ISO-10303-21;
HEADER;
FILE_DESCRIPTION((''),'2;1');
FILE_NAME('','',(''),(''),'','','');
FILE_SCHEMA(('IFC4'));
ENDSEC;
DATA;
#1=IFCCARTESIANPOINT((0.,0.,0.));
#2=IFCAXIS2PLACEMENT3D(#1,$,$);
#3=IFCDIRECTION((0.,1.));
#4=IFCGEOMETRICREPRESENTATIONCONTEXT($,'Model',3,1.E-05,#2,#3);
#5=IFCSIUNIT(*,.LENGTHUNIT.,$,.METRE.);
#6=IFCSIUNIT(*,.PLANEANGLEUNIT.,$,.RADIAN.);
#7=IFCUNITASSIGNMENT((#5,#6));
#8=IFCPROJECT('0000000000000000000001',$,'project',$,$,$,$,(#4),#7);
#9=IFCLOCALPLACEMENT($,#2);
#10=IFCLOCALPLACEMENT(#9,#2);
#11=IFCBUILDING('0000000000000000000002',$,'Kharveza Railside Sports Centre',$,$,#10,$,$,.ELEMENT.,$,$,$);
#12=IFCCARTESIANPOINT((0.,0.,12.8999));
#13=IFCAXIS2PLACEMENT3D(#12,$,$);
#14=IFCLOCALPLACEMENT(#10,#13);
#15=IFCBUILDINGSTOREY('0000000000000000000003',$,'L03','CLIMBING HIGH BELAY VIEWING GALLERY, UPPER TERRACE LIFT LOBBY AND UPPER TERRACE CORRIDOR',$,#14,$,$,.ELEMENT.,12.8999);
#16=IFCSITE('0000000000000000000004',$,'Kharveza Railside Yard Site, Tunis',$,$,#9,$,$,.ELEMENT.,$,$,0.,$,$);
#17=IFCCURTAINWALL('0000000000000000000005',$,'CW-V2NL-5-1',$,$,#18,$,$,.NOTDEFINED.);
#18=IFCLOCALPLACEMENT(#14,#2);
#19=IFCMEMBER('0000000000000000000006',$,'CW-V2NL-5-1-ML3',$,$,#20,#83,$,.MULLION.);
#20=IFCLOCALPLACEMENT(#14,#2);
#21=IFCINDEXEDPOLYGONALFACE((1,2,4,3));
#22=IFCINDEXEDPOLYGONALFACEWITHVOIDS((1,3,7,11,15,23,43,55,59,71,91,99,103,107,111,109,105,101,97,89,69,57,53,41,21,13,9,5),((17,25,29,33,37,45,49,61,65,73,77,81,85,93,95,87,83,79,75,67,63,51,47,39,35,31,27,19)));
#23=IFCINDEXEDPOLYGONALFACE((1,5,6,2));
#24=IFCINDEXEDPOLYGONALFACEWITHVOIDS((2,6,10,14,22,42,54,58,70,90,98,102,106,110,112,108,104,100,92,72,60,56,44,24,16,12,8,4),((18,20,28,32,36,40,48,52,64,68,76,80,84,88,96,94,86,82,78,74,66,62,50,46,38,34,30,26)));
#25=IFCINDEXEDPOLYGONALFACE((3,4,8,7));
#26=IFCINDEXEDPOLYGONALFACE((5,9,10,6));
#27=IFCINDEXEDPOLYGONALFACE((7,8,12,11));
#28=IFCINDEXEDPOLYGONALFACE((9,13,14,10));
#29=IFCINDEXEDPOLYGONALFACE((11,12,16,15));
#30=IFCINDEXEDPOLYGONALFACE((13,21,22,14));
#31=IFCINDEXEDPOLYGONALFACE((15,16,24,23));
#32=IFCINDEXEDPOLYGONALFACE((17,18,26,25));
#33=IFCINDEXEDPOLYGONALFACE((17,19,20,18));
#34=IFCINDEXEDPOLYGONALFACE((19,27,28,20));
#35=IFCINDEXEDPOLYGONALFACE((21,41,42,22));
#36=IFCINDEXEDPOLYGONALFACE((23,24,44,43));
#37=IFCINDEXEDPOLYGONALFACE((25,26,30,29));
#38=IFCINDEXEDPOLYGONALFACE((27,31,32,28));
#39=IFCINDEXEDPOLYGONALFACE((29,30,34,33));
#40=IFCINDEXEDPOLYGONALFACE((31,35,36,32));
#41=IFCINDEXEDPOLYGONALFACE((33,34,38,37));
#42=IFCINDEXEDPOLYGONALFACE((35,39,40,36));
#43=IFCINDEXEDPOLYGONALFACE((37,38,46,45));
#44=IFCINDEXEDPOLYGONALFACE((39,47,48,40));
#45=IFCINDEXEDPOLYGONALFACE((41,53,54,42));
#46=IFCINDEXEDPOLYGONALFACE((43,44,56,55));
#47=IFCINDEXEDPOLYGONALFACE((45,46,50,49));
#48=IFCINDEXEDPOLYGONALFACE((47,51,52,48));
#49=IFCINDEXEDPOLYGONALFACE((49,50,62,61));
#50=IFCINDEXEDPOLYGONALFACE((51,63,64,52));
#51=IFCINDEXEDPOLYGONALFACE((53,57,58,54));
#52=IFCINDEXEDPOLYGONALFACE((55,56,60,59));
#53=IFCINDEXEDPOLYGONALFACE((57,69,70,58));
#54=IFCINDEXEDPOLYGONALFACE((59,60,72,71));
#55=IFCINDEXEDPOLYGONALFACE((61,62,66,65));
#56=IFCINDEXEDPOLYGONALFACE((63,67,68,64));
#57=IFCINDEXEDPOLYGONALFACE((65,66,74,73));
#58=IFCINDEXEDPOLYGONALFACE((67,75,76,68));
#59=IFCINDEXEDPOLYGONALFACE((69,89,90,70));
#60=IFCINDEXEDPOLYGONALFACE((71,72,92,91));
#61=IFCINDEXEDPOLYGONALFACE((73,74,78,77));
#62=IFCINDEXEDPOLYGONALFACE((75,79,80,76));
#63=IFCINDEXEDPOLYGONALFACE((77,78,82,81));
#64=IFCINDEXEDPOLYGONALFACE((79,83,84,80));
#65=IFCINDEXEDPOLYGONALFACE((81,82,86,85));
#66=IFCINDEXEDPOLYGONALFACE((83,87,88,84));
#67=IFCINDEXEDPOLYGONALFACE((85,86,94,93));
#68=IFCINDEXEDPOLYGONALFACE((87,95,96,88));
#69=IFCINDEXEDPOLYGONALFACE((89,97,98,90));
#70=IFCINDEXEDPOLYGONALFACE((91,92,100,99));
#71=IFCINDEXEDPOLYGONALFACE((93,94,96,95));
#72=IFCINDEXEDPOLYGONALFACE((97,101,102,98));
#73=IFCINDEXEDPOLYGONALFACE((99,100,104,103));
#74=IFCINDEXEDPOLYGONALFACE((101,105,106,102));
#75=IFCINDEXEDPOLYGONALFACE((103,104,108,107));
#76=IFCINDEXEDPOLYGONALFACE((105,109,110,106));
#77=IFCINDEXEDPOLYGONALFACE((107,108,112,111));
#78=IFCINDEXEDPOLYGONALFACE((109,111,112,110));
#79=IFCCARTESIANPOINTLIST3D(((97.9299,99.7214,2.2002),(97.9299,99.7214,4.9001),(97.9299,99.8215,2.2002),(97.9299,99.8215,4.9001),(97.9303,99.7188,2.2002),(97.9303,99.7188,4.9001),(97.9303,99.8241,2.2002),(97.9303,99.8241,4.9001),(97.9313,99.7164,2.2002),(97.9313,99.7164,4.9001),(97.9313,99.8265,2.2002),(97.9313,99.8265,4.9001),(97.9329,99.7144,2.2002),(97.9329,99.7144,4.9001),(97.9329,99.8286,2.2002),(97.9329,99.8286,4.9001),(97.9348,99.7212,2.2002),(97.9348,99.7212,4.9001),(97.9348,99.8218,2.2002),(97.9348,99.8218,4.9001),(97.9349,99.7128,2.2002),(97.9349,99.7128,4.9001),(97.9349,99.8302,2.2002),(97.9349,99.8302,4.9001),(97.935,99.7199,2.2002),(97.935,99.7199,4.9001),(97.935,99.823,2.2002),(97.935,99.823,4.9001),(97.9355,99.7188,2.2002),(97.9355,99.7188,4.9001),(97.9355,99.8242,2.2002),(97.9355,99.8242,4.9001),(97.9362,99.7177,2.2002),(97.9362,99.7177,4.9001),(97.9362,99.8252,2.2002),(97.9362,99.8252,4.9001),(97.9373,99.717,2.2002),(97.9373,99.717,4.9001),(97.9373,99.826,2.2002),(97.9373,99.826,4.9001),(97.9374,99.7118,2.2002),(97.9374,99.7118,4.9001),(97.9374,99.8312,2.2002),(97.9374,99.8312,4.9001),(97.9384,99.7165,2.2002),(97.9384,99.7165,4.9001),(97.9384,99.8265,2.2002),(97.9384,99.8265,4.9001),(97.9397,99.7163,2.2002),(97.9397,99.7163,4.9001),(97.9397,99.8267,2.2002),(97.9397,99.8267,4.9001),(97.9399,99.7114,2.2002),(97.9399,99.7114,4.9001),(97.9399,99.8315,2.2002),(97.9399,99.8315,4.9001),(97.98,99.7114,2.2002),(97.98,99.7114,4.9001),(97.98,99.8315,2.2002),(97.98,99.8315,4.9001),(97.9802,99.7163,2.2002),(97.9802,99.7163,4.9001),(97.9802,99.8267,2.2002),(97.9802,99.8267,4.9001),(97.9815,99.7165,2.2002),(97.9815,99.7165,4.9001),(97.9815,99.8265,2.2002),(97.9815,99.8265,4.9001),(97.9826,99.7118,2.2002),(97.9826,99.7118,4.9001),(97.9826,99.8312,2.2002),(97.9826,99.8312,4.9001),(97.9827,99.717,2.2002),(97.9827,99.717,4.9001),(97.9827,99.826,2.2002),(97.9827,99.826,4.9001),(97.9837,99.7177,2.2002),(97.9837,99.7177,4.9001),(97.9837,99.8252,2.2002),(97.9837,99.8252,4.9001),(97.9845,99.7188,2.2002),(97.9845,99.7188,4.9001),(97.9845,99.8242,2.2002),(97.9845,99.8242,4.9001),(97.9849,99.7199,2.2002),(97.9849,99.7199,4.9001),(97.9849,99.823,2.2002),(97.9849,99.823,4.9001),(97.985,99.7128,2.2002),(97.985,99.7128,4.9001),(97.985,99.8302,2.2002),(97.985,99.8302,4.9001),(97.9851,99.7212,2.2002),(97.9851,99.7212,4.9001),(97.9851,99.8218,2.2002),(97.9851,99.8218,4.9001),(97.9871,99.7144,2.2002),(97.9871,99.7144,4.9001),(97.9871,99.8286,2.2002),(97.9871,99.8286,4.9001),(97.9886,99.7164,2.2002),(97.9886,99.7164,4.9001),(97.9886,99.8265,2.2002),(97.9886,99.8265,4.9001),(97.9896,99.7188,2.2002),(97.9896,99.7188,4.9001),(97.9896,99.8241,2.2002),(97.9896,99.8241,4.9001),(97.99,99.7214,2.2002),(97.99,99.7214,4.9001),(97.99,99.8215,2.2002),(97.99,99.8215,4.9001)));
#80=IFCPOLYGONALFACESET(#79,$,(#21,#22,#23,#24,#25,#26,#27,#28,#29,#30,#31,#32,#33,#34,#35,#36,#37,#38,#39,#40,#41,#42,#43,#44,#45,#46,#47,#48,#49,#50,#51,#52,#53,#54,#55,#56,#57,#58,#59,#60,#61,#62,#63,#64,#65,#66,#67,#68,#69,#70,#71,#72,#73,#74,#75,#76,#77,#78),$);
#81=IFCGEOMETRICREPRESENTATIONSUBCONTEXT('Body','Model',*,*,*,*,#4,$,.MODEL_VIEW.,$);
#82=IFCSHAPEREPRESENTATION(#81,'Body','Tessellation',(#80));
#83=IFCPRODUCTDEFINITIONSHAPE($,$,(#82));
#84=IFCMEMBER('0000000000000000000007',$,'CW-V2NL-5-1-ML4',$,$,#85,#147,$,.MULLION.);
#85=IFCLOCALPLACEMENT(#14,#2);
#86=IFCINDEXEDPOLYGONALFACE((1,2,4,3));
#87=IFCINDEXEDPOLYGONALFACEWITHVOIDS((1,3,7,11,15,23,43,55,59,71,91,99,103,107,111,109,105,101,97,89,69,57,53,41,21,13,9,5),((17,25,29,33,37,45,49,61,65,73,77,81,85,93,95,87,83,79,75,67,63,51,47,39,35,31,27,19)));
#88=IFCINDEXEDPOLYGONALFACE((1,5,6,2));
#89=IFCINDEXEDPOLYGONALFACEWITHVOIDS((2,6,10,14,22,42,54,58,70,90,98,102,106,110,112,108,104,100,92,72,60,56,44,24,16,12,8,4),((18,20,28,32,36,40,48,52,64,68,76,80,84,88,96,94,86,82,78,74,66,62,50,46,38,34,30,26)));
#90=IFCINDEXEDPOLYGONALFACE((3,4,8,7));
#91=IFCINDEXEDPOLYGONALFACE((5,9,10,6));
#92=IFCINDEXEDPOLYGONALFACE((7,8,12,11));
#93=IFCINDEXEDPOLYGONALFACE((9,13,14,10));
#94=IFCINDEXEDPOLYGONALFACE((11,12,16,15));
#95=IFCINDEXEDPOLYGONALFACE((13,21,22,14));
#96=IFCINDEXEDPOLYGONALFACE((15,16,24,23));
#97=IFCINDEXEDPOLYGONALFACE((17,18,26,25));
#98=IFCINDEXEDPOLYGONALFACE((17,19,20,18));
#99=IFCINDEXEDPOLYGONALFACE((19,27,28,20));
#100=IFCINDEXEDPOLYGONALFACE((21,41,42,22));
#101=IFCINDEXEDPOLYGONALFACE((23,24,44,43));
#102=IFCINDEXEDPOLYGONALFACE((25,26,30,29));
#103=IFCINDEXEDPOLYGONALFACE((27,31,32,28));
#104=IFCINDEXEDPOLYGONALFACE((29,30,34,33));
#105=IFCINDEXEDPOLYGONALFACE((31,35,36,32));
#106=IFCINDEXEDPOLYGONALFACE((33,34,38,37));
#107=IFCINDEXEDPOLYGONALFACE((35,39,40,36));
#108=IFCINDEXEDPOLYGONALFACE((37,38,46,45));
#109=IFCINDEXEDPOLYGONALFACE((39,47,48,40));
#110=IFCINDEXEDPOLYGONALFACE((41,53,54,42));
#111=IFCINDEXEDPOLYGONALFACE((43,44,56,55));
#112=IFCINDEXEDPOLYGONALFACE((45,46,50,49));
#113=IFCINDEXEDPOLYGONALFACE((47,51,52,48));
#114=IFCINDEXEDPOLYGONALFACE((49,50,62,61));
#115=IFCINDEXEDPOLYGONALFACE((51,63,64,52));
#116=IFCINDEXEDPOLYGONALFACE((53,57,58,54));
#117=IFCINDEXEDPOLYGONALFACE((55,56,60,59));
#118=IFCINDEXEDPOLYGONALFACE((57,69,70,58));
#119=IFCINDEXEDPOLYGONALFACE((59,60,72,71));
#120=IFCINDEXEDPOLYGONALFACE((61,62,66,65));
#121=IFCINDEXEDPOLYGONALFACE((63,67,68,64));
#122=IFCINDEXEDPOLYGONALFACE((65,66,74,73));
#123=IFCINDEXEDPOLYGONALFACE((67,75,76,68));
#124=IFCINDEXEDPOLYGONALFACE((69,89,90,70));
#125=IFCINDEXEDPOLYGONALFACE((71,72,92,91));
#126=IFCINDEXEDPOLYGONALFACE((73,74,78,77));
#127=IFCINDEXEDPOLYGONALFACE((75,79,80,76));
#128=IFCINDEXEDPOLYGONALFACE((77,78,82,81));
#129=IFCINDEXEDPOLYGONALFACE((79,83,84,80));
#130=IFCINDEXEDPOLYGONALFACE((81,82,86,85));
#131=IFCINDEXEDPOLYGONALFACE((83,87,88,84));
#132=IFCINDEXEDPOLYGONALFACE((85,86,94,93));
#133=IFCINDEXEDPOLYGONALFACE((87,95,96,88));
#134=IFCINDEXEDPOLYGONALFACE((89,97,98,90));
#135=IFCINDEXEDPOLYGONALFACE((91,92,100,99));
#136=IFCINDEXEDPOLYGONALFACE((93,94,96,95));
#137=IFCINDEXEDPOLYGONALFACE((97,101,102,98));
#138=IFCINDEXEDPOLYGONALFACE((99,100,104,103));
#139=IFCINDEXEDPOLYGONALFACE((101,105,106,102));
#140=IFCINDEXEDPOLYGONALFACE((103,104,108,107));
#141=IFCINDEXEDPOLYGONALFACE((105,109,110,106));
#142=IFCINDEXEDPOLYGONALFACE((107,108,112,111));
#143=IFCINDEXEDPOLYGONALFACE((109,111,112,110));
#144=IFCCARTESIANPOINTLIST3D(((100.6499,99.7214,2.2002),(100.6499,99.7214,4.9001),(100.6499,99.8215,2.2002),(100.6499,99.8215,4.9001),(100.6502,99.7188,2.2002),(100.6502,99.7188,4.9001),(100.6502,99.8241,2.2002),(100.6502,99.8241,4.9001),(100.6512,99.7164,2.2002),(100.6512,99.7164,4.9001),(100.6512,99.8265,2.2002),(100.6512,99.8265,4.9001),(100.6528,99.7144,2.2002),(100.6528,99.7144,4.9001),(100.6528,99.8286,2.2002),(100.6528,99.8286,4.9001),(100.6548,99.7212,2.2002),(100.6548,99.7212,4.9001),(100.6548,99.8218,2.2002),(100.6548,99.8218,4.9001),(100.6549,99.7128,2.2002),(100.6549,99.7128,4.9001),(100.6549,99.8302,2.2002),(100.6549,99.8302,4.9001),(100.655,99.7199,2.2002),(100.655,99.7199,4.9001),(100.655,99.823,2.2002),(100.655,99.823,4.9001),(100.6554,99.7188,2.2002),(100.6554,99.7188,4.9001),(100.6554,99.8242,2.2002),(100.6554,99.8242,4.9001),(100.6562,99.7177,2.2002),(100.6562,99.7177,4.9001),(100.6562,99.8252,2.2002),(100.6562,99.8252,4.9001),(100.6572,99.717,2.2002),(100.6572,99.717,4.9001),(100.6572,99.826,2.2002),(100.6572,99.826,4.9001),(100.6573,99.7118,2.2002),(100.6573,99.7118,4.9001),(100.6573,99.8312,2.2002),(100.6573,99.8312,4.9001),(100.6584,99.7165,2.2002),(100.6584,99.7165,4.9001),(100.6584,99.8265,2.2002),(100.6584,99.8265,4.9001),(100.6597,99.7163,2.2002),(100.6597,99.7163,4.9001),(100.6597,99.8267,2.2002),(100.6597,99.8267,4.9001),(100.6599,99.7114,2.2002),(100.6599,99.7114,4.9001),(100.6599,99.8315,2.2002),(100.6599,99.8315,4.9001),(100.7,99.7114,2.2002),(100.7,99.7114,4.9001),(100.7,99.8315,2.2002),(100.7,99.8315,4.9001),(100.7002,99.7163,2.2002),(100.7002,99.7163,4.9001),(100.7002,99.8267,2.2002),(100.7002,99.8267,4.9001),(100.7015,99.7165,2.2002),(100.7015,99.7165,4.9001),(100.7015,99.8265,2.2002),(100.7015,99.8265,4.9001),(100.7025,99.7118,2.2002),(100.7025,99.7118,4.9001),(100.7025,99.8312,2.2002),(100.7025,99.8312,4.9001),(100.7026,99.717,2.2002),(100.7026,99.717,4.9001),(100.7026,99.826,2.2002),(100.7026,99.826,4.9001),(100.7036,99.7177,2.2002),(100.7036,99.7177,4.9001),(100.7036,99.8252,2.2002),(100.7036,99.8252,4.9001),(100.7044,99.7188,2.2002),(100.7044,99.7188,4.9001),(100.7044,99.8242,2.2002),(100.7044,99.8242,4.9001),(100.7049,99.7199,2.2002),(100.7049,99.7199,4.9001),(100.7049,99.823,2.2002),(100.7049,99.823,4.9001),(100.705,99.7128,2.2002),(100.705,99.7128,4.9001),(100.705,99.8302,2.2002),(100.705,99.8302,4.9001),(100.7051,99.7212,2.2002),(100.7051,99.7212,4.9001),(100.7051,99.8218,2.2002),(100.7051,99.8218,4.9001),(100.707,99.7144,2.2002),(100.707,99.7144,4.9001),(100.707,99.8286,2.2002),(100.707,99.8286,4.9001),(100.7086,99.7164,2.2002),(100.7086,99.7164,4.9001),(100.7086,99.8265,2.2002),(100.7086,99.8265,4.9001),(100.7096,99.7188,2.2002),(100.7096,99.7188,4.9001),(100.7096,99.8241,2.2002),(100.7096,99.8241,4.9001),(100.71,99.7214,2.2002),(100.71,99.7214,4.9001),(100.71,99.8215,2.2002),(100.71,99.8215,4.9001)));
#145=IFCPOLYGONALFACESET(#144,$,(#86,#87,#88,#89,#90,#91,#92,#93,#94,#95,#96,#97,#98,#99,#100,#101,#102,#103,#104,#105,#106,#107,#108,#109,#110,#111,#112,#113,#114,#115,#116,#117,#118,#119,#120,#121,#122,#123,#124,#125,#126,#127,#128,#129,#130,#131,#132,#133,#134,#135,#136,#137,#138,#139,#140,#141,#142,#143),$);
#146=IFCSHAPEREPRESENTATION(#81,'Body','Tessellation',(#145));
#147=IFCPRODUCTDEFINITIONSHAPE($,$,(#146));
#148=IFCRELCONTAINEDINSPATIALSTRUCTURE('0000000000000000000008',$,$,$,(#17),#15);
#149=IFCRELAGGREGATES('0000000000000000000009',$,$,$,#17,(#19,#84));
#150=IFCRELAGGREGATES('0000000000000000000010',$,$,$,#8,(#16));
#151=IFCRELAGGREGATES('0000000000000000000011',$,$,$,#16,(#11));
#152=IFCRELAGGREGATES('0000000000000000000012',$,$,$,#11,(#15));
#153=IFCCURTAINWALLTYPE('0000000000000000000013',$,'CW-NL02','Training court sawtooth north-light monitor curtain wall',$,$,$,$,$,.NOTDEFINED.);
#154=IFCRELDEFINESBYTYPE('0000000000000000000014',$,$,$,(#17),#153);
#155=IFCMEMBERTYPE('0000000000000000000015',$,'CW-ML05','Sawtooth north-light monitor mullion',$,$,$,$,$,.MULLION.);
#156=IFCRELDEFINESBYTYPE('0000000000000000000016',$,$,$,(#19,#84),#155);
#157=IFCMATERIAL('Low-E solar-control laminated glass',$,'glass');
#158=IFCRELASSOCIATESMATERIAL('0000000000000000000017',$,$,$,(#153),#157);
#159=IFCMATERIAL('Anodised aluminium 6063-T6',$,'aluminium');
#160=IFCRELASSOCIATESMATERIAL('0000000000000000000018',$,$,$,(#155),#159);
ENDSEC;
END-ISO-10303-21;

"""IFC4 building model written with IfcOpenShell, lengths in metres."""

from ifc_helpers import new_model, si_unit, direction, frame, origin, origin_2d, place, context, subcontext, project, spatial, hollow_rectangle, extrude, material, material_profile, profile_set, type_object, element, aggregate, save


model = new_model("IFC4")

# Units and contexts
model_context = context("Model", 3, precision=1e-05, world=origin(), true_north=direction((0.0, 1.0)))
body_context = subcontext(model_context, "Body", "Model", "MODEL_VIEW")
ifc_project = project(units=[si_unit("LENGTHUNIT", "METRE"), si_unit("PLANEANGLEUNIT", "RADIAN")], contexts=[model_context])

# Site, building, storey
site_placement = place(None, origin())
site = spatial("IfcSite", under=ifc_project, at=site_placement, Name="Kharveza Railside Yard Site, Tunis", CompositionType="ELEMENT", RefElevation=0.0)
building_placement = place(site_placement, origin())
building = spatial("IfcBuilding", under=site, at=building_placement, Name="Kharveza Railside Sports Centre", CompositionType="ELEMENT")
storey_placement = place(building_placement, frame((0.0, 0.0, 12.8999)))
storey = spatial("IfcBuildingStorey", under=building, at=storey_placement, Name="L03", Description="CLIMBING HIGH BELAY VIEWING GALLERY, UPPER TERRACE LIFT LOBBY AND UPPER TERRACE CORRIDOR", CompositionType="ELEMENT", Elevation=12.8999)

# Curtain wall, members
ifc_material_1 = material(Name="Low-E solar-control laminated glass", Category="glass")
curtain_wall_type = type_object("IfcCurtainWallType", Name="CW-NL02", Description="Training court sawtooth north-light monitor curtain wall", PredefinedType="NOTDEFINED", material=ifc_material_1)
curtain_wall_placement = place(storey_placement, origin())
curtain_wall = element("IfcCurtainWall", 1, at=curtain_wall_placement, inside=storey, type_object=curtain_wall_type, Name="CW-V2NL-5-1", PredefinedType="NOTDEFINED")
ifc_material_2 = material(Name="Anodised aluminium 6063-T6", Category="aluminium")
ifc_material_profile_1 = material_profile(ifc_material_2, hollow_rectangle(XDim=0.0601, YDim=0.1201, WallThickness=0.0049, InnerFilletRadius=0.0049, OuterFilletRadius=0.01, at=origin_2d()), Name="RHS 60x120x5.0")
ifc_profile_set_1 = profile_set([ifc_material_profile_1], Name="Anodised aluminium 6063-T6")
member_type_1 = type_object("IfcMemberType", Name="CW-ML05", Description="Sawtooth north-light monitor mullion", PredefinedType="MULLION", material=ifc_profile_set_1)
member_1_placement = place(storey_placement, frame((97.96, 99.7715, 2.2002), z_axis=(0.0, 0.0, 1.0), x_axis=(1.0, 0.0, 0.0)))
member_1 = element("IfcMember", 2, at=member_1_placement, type_object=member_type_1, Name="CW-V2NL-5-1-ML3", PredefinedType="MULLION", context=body_context, shape_type="SweptSolid", body=[
    extrude(hollow_rectangle(XDim=0.0601, YDim=0.1201, WallThickness=0.0049, InnerFilletRadius=0.0049, OuterFilletRadius=0.01, at=origin_2d()), origin(), (0.0, 0.0, 1.0), 2.7),
])
member_2_placement = place(storey_placement, frame((100.6799, 99.7715, 2.2002), z_axis=(0.0, 0.0, 1.0), x_axis=(1.0, 0.0, 0.0)))
member_2 = element("IfcMember", 3, at=member_2_placement, type_object=member_type_1, Name="CW-V2NL-5-1-ML4", PredefinedType="MULLION", context=body_context, shape_type="SweptSolid", body=[
    extrude(hollow_rectangle(XDim=0.0601, YDim=0.1201, WallThickness=0.0049, InnerFilletRadius=0.0049, OuterFilletRadius=0.01, at=origin_2d()), origin(), (0.0, 0.0, 1.0), 2.7),
])

aggregate(curtain_wall, [member_1, member_2])

save(model, "model.ifc")
